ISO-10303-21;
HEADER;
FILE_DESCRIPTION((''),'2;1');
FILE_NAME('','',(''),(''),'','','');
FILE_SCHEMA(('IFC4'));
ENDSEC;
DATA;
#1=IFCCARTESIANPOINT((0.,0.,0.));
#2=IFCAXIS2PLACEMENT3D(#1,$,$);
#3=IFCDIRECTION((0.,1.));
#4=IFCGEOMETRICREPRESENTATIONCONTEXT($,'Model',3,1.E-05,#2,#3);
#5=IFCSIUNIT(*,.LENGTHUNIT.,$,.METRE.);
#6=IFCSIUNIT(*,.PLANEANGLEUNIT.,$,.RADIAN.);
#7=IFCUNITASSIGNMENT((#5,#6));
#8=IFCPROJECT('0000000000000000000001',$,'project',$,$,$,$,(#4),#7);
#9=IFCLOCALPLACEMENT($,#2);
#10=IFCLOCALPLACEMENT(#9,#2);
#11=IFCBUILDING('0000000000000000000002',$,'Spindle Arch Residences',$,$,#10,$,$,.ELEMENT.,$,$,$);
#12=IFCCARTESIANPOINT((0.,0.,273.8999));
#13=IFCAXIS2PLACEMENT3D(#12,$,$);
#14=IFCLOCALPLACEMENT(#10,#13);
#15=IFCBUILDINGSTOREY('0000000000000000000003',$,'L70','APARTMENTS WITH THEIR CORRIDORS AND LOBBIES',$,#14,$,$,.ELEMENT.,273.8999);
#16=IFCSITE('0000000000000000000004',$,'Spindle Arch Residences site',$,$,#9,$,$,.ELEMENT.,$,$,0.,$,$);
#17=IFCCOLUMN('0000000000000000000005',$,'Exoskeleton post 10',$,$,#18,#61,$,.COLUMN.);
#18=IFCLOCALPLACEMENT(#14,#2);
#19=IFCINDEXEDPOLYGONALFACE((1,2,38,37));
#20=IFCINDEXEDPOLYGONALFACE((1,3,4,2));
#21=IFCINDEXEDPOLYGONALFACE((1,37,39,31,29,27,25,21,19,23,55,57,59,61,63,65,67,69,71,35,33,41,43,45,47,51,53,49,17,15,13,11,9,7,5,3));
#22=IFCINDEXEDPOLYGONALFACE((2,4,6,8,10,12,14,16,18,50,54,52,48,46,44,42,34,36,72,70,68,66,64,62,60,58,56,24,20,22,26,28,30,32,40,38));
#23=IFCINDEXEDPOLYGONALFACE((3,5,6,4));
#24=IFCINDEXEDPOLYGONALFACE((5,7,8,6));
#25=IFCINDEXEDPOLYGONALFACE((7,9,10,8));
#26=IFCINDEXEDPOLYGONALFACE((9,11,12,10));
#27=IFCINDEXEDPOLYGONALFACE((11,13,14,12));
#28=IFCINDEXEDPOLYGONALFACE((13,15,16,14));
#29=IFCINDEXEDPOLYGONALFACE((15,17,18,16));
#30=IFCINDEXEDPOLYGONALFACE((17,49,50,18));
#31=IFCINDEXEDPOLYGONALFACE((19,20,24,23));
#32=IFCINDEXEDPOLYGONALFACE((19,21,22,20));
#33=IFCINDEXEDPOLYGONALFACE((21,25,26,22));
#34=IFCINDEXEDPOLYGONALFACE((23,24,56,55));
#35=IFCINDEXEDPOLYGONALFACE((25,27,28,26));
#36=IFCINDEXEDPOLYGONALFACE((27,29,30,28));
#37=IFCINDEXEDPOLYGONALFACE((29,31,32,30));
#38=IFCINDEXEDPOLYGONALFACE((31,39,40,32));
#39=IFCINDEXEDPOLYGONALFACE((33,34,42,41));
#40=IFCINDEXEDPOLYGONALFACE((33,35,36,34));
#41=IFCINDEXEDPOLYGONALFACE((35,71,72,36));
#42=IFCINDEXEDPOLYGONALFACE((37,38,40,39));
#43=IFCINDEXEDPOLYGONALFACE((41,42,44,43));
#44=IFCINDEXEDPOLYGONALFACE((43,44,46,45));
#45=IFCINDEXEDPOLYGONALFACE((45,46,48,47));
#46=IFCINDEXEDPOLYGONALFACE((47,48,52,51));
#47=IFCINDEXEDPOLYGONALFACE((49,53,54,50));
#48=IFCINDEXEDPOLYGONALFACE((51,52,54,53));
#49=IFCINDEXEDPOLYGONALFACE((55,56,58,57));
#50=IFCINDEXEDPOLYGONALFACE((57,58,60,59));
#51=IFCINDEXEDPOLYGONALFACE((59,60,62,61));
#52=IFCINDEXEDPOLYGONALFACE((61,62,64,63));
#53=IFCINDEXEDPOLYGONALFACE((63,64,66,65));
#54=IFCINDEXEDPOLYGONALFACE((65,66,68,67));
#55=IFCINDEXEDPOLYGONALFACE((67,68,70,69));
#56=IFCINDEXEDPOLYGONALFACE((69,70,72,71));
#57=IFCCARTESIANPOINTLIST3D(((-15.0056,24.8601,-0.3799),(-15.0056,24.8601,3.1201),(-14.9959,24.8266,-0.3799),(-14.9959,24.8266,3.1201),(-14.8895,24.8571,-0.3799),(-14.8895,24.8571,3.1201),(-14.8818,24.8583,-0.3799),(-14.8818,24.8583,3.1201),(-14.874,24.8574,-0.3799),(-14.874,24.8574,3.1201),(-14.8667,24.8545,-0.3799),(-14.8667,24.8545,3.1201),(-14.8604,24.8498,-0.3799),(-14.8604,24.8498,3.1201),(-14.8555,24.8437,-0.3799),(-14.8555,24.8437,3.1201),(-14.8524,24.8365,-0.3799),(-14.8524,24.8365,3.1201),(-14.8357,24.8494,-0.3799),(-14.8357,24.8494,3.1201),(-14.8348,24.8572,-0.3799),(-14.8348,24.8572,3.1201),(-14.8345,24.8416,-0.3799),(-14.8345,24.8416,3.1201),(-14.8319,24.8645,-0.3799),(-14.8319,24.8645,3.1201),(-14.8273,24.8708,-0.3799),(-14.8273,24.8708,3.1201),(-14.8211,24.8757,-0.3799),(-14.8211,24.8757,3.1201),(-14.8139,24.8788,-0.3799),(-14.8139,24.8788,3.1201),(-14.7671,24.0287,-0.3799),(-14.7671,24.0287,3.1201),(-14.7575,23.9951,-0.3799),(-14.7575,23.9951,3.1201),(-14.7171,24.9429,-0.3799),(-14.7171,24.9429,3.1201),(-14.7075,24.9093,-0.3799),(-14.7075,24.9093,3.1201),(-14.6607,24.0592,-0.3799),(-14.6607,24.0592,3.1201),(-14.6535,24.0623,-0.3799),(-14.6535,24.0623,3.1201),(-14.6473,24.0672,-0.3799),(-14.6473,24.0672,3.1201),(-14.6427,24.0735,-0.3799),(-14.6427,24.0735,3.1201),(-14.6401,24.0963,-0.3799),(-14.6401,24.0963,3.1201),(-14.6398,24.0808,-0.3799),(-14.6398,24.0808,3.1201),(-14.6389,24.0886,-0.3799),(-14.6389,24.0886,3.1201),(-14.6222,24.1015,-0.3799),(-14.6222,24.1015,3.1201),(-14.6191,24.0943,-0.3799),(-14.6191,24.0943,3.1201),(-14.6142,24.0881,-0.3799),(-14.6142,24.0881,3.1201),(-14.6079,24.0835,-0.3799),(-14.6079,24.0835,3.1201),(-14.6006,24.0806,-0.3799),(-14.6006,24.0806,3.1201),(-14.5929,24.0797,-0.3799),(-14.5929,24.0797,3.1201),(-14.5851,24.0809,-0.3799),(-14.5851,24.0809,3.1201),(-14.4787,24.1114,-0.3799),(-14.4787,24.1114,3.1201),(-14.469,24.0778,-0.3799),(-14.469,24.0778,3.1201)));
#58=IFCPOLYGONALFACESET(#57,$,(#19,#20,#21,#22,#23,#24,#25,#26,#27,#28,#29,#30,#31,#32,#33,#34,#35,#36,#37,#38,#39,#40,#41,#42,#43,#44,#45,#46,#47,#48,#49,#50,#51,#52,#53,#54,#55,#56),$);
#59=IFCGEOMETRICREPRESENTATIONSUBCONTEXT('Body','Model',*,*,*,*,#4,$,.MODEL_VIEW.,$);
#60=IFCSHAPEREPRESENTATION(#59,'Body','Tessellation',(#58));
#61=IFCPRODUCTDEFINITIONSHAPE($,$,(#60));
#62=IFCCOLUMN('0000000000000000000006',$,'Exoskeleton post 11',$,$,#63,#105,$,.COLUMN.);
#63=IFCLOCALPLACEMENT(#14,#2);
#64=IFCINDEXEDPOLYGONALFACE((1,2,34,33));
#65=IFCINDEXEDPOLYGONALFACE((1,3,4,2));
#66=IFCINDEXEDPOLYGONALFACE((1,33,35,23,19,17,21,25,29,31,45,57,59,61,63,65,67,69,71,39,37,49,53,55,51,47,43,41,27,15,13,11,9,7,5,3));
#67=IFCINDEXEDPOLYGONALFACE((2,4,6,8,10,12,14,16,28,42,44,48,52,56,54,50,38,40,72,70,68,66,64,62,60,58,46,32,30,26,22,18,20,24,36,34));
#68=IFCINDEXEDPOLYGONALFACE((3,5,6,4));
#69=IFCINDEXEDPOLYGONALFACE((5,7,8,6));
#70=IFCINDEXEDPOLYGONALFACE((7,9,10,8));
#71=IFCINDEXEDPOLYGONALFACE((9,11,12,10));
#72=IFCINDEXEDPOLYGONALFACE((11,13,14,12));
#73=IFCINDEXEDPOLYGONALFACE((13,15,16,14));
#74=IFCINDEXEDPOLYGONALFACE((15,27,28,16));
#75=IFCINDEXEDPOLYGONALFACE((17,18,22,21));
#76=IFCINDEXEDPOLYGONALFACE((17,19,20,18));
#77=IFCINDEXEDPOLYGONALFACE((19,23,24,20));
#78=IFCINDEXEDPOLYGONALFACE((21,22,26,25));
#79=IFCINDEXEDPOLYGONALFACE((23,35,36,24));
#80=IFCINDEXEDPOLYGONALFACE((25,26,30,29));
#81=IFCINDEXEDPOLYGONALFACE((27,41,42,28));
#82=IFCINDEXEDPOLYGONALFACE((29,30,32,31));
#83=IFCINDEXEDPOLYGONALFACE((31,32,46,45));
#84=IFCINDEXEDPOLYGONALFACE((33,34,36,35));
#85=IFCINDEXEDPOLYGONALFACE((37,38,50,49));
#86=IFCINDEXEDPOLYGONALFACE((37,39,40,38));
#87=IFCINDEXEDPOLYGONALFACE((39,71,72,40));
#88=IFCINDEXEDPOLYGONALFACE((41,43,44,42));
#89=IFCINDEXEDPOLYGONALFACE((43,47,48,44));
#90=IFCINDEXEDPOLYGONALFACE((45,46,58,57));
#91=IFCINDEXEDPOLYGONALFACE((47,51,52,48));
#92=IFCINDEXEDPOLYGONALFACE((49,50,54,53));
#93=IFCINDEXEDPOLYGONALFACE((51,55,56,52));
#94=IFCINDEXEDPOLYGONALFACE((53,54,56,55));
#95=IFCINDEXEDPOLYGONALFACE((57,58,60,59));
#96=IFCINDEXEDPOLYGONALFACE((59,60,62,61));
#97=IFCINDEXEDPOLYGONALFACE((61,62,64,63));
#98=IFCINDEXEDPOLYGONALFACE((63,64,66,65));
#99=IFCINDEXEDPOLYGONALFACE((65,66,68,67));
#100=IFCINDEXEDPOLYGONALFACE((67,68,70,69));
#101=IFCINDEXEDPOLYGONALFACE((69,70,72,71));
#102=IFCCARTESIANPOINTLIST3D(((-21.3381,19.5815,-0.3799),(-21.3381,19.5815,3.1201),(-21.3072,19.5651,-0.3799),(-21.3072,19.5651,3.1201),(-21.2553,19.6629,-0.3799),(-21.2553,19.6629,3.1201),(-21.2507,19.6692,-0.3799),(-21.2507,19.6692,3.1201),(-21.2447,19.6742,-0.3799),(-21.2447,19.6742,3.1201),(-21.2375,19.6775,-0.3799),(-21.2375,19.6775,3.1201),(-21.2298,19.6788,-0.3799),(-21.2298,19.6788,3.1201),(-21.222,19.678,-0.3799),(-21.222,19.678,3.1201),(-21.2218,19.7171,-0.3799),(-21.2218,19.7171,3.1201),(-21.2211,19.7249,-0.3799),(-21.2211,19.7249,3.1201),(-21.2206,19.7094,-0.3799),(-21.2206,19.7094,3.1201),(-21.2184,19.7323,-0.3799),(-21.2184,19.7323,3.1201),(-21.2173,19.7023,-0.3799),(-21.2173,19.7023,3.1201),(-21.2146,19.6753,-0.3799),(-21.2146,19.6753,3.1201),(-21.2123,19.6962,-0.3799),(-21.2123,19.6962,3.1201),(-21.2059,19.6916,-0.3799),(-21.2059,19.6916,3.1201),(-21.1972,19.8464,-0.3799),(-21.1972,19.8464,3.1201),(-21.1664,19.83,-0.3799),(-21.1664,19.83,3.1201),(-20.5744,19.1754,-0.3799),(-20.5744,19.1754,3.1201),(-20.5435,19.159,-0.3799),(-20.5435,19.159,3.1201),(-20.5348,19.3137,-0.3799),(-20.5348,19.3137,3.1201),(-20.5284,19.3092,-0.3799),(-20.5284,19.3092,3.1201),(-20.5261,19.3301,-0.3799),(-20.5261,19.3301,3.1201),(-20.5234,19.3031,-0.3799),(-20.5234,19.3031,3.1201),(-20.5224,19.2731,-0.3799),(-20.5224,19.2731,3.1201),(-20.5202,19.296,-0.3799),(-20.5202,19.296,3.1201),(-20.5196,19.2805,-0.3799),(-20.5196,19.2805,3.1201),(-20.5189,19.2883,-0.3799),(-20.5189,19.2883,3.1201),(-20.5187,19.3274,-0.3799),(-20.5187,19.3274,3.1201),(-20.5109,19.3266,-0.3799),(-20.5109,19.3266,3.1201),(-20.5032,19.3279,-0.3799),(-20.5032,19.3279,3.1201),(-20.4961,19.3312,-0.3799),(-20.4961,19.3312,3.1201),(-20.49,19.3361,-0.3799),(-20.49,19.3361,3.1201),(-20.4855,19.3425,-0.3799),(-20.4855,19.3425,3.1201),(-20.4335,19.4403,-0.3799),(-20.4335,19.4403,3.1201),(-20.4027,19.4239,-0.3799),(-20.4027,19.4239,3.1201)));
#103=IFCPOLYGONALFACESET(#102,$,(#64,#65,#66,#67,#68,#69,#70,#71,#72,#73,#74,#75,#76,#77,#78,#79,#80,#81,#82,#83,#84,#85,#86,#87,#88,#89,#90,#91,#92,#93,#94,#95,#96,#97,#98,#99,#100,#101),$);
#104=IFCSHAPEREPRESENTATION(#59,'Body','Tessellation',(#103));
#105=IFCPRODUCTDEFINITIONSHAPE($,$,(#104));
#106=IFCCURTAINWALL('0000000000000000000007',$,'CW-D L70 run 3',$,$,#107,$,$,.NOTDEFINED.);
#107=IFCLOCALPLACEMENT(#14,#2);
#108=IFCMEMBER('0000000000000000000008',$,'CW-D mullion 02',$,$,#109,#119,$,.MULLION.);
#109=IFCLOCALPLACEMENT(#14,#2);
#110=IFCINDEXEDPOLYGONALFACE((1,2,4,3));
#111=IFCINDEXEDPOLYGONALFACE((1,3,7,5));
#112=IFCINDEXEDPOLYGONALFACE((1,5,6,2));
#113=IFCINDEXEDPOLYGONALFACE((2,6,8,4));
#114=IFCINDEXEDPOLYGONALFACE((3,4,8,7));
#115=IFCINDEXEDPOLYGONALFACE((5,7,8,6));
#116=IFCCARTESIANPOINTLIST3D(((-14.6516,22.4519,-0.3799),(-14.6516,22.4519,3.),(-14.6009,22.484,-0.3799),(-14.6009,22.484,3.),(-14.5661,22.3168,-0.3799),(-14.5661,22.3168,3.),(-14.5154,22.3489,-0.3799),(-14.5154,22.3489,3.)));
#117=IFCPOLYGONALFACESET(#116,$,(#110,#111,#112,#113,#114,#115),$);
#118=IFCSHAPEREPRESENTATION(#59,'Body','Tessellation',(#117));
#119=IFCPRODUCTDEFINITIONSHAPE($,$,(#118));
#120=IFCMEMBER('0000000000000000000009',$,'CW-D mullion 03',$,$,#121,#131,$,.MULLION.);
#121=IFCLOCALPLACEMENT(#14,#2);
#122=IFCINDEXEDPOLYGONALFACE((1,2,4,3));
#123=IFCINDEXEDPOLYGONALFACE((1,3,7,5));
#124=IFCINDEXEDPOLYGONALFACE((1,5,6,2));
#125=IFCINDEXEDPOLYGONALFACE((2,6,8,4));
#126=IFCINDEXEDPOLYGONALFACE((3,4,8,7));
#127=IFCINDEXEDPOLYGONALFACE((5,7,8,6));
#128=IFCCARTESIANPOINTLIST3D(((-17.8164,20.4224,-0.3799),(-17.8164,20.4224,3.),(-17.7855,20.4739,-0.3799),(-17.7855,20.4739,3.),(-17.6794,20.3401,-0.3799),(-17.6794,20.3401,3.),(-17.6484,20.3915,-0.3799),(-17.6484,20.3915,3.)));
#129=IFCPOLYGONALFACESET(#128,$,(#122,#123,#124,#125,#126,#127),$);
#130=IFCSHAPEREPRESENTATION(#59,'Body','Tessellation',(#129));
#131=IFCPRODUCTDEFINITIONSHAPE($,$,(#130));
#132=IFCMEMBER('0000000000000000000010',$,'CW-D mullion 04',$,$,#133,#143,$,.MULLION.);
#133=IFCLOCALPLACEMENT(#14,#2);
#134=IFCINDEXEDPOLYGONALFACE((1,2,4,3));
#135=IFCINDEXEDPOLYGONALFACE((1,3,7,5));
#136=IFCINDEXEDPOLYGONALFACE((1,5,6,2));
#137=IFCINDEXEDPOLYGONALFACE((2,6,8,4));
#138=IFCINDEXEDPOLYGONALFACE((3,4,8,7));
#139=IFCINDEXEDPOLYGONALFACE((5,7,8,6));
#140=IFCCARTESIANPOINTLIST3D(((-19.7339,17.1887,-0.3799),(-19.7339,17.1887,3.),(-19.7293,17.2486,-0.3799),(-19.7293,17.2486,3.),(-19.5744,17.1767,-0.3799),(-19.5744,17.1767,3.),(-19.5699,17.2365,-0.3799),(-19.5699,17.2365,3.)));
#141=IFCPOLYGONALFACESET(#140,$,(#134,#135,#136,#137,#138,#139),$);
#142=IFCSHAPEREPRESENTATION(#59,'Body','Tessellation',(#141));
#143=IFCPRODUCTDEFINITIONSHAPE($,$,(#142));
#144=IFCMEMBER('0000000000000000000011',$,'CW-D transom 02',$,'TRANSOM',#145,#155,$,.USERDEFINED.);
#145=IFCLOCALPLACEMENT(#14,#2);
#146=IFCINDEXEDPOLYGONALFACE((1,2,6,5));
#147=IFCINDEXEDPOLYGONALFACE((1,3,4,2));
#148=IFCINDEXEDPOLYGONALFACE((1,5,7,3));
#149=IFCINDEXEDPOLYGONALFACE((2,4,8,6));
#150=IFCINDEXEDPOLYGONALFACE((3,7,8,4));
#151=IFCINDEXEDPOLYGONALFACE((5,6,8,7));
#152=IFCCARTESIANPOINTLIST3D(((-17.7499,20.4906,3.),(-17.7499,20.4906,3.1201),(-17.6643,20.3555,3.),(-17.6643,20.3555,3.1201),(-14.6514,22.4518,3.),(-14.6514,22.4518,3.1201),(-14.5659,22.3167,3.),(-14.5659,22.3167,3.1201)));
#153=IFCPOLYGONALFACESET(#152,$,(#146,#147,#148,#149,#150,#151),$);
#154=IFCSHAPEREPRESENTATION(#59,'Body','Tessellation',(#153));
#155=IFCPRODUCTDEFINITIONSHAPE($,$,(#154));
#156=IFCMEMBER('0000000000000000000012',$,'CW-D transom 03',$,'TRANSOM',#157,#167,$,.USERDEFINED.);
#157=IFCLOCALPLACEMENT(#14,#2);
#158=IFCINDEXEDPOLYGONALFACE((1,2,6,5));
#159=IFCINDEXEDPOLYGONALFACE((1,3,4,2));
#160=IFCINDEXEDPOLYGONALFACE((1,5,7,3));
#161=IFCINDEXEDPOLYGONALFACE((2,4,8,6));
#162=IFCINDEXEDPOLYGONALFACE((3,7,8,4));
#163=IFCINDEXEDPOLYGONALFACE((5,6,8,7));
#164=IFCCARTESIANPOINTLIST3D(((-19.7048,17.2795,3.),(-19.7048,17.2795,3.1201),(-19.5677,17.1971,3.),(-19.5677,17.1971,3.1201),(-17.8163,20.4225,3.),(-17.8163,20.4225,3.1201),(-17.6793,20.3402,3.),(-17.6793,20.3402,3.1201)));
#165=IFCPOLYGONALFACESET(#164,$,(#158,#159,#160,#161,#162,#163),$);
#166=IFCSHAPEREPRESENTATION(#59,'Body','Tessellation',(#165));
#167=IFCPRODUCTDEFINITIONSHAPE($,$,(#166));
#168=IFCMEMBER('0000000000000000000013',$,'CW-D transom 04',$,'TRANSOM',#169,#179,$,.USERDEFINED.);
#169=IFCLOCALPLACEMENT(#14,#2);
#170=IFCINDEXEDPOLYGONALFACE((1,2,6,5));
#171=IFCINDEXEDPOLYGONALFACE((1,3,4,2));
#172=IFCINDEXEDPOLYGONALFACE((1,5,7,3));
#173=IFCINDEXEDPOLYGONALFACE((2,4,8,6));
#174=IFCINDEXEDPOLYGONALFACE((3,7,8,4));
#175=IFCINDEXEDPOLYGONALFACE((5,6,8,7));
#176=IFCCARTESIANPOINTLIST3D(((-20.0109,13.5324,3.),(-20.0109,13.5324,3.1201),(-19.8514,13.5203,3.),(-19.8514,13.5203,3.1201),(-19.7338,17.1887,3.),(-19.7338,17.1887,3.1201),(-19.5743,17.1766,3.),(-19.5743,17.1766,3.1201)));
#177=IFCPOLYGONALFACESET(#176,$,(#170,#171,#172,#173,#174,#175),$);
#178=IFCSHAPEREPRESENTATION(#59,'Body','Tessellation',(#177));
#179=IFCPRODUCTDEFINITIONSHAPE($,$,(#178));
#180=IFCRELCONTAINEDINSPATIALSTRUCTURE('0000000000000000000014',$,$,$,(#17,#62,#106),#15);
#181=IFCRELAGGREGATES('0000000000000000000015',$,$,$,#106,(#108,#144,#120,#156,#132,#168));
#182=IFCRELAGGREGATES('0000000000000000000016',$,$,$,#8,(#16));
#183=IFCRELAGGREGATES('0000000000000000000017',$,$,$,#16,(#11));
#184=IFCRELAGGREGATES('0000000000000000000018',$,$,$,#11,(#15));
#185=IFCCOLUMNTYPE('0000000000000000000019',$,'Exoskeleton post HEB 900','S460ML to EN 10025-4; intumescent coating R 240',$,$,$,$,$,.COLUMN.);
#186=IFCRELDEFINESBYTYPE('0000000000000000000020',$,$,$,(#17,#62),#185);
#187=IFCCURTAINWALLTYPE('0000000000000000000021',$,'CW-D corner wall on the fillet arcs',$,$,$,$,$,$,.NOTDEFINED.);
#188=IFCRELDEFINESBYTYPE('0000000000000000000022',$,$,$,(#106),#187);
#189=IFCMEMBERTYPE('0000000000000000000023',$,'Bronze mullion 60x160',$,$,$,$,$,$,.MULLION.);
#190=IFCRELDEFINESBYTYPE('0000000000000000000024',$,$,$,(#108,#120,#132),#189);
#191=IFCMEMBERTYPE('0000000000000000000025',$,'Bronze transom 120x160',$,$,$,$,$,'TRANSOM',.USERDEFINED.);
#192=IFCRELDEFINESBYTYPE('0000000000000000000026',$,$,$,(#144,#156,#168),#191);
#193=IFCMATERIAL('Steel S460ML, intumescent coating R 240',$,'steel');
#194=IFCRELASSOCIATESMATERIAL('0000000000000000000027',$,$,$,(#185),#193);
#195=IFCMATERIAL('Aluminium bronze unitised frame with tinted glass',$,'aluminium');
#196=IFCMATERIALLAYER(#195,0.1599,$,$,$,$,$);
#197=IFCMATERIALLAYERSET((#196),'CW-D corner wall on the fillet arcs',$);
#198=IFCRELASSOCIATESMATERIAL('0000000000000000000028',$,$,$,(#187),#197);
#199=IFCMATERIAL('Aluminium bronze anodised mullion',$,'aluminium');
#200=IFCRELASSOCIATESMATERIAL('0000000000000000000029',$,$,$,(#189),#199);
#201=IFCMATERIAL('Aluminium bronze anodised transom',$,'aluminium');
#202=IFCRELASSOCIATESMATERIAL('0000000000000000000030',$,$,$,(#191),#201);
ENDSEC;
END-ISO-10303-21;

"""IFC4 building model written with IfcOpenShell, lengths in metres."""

from ifc_helpers import new_model, si_unit, direction, frame, origin, origin_2d, place, context, subcontext, project, spatial, rectangle, i_section, extrude, material, layer, layer_set, material_profile, profile_set, type_object, element, aggregate, save


model = new_model("IFC4")

# Units and contexts
model_context = context("Model", 3, precision=1e-05, world=origin(), true_north=direction((0.0, 1.0)))
body_context = subcontext(model_context, "Body", "Model", "MODEL_VIEW")
ifc_project = project(units=[si_unit("LENGTHUNIT", "METRE"), si_unit("PLANEANGLEUNIT", "RADIAN")], contexts=[model_context])

# Site, building, storey
site_placement = place(None, origin())
site = spatial("IfcSite", under=ifc_project, at=site_placement, Name="Spindle Arch Residences site", CompositionType="ELEMENT", RefElevation=0.0)
building_placement = place(site_placement, origin())
building = spatial("IfcBuilding", under=site, at=building_placement, Name="Spindle Arch Residences", CompositionType="ELEMENT")
storey_placement = place(building_placement, frame((0.0, 0.0, 273.8999)))
storey = spatial("IfcBuildingStorey", under=building, at=storey_placement, Name="L70", Description="APARTMENTS WITH THEIR CORRIDORS AND LOBBIES", CompositionType="ELEMENT", Elevation=273.8999)

# Columns
ifc_material_1 = material(Name="Steel S460ML, intumescent coating R 240", Category="steel")
ifc_material_profile_1 = material_profile(ifc_material_1, i_section(OverallWidth=0.3, OverallDepth=0.8999, WebThickness=0.0186, FlangeThickness=0.0349, FilletRadius=0.03, at=origin_2d()), Name="HEB 900")
ifc_profile_set_1 = profile_set([ifc_material_profile_1], Name="Steel S460ML, intumescent coating R 240")
column_type = type_object("IfcColumnType", Name="Exoskeleton post HEB 900", Description="S460ML to EN 10025-4; intumescent coating R 240", PredefinedType="COLUMN", material=ifc_profile_set_1)
for number, where, z_axis, x_axis, name in (
    (1, (-14.7373, 24.469, -0.3799), (0.0, 0.0, 1.0), (0.961245, 0.275695, 0.0), "Exoskeleton post 10"),
    (2, (-20.8704, 19.5027, -0.3799), (0.0, 0.0, 1.0), (0.469525, 0.882919, 0.0), "Exoskeleton post 11"),
):
    element("IfcColumn", number, at=place(storey_placement, frame(where, z_axis=z_axis, x_axis=x_axis)), inside=storey, type_object=column_type, Name=name, PredefinedType="COLUMN", context=body_context, shape_type="SweptSolid", body=[
        extrude(i_section(OverallWidth=0.3, OverallDepth=0.8999, WebThickness=0.0186, FlangeThickness=0.0349, FilletRadius=0.03, at=origin_2d()), origin(), (0.0, 0.0, 1.0), 3.5),
    ])

# Curtain wall, members
ifc_material_2 = material(Name="Aluminium bronze unitised frame with tinted glass", Category="aluminium")
ifc_layer_1 = layer(ifc_material_2, 0.1599)
ifc_layer_set_1 = layer_set([ifc_layer_1], Name="CW-D corner wall on the fillet arcs")
curtain_wall_type = type_object("IfcCurtainWallType", Name="CW-D corner wall on the fillet arcs", PredefinedType="NOTDEFINED", material=ifc_layer_set_1)
curtain_wall_placement = place(storey_placement, origin())
curtain_wall = element("IfcCurtainWall", 3, at=curtain_wall_placement, inside=storey, type_object=curtain_wall_type, Name="CW-D L70 run 3", PredefinedType="NOTDEFINED")
ifc_material_3 = material(Name="Aluminium bronze anodised mullion", Category="aluminium")
ifc_material_profile_2 = material_profile(ifc_material_3, rectangle(XDim=0.1599, YDim=0.0601, at=origin_2d()), Name="MU 60x160")
ifc_profile_set_2 = profile_set([ifc_material_profile_2], Name="Aluminium bronze anodised mullion")
member_type_1 = type_object("IfcMemberType", Name="Bronze mullion 60x160", PredefinedType="MULLION", material=ifc_profile_set_2)
member_1_placement = place(storey_placement, frame((-14.5835, 22.4004, -0.3799), z_axis=(0.0, 0.0, 1.0), x_axis=(0.534844, -0.844951, 0.0)))
member_1 = element("IfcMember", 4, at=member_1_placement, type_object=member_type_1, Name="CW-D mullion 02", PredefinedType="MULLION", context=body_context, shape_type="SweptSolid", body=[
    extrude(rectangle(XDim=0.1599, YDim=0.0601, at=origin_2d()), origin(), (0.0, 0.0, 1.0), 3.3799),
])
member_2_placement = place(storey_placement, frame((-17.7324, 20.407, -0.3799), z_axis=(0.0, 0.0, 1.0), x_axis=(0.857167, -0.515038, 0.0)))
member_2 = element("IfcMember", 5, at=member_2_placement, type_object=member_type_1, Name="CW-D mullion 03", PredefinedType="MULLION", context=body_context, shape_type="SweptSolid", body=[
    extrude(rectangle(XDim=0.1599, YDim=0.0601, at=origin_2d()), origin(), (0.0, 0.0, 1.0), 3.3799),
])
member_3_placement = place(storey_placement, frame((-19.6519, 17.2126, -0.3799), z_axis=(0.0, 0.0, 1.0), x_axis=(0.997141, -0.075559, 0.0)))
member_3 = element("IfcMember", 6, at=member_3_placement, type_object=member_type_1, Name="CW-D mullion 04", PredefinedType="MULLION", context=body_context, shape_type="SweptSolid", body=[
    extrude(rectangle(XDim=0.1599, YDim=0.0601, at=origin_2d()), origin(), (0.0, 0.0, 1.0), 3.3799),
])
ifc_material_4 = material(Name="Aluminium bronze anodised transom", Category="aluminium")
ifc_material_profile_3 = material_profile(ifc_material_4, rectangle(XDim=0.1599, YDim=0.1201, at=origin_2d()), Name="TR 120x160")
ifc_profile_set_3 = profile_set([ifc_material_profile_3], Name="Aluminium bronze anodised transom")
member_type_2 = type_object("IfcMemberType", Name="Bronze transom 120x160", ElementType="TRANSOM", PredefinedType="USERDEFINED", material=ifc_profile_set_3)
member_4_placement = place(storey_placement, frame((-14.6086, 22.3843, 3.0601), z_axis=(-0.844958, -0.534832, 0.0), x_axis=(0.534832, -0.844958, 0.0)))
member_4 = element("IfcMember", 7, at=member_4_placement, type_object=member_type_2, Name="CW-D transom 02", ObjectType="TRANSOM", PredefinedType="USERDEFINED", context=body_context, shape_type="SweptSolid", body=[
    extrude(rectangle(XDim=0.1599, YDim=0.1201, at=origin_2d()), origin(), (0.0, 0.0, 1.0), 3.667),
])
member_5_placement = place(storey_placement, frame((-17.7478, 20.3813, 3.0601), z_axis=(-0.515015, -0.857181, 0.0), x_axis=(0.857181, -0.515015, 0.0)))
member_5 = element("IfcMember", 8, at=member_5_placement, type_object=member_type_2, Name="CW-D transom 03", ObjectType="TRANSOM", PredefinedType="USERDEFINED", context=body_context, shape_type="SweptSolid", body=[
    extrude(rectangle(XDim=0.1599, YDim=0.1201, at=origin_2d()), origin(), (0.0, 0.0, 1.0), 3.6667),
])
member_6_placement = place(storey_placement, frame((-19.6541, 17.1826, 3.0601), z_axis=(-0.075571, -0.99714, 0.0), x_axis=(0.99714, -0.075571, 0.0)))
member_6 = element("IfcMember", 9, at=member_6_placement, type_object=member_type_2, Name="CW-D transom 04", ObjectType="TRANSOM", PredefinedType="USERDEFINED", context=body_context, shape_type="SweptSolid", body=[
    extrude(rectangle(XDim=0.1599, YDim=0.1201, at=origin_2d()), origin(), (0.0, 0.0, 1.0), 3.6667),
])

aggregate(curtain_wall, [member_1, member_4, member_2, member_5, member_3, member_6])

save(model, "model.ifc")
